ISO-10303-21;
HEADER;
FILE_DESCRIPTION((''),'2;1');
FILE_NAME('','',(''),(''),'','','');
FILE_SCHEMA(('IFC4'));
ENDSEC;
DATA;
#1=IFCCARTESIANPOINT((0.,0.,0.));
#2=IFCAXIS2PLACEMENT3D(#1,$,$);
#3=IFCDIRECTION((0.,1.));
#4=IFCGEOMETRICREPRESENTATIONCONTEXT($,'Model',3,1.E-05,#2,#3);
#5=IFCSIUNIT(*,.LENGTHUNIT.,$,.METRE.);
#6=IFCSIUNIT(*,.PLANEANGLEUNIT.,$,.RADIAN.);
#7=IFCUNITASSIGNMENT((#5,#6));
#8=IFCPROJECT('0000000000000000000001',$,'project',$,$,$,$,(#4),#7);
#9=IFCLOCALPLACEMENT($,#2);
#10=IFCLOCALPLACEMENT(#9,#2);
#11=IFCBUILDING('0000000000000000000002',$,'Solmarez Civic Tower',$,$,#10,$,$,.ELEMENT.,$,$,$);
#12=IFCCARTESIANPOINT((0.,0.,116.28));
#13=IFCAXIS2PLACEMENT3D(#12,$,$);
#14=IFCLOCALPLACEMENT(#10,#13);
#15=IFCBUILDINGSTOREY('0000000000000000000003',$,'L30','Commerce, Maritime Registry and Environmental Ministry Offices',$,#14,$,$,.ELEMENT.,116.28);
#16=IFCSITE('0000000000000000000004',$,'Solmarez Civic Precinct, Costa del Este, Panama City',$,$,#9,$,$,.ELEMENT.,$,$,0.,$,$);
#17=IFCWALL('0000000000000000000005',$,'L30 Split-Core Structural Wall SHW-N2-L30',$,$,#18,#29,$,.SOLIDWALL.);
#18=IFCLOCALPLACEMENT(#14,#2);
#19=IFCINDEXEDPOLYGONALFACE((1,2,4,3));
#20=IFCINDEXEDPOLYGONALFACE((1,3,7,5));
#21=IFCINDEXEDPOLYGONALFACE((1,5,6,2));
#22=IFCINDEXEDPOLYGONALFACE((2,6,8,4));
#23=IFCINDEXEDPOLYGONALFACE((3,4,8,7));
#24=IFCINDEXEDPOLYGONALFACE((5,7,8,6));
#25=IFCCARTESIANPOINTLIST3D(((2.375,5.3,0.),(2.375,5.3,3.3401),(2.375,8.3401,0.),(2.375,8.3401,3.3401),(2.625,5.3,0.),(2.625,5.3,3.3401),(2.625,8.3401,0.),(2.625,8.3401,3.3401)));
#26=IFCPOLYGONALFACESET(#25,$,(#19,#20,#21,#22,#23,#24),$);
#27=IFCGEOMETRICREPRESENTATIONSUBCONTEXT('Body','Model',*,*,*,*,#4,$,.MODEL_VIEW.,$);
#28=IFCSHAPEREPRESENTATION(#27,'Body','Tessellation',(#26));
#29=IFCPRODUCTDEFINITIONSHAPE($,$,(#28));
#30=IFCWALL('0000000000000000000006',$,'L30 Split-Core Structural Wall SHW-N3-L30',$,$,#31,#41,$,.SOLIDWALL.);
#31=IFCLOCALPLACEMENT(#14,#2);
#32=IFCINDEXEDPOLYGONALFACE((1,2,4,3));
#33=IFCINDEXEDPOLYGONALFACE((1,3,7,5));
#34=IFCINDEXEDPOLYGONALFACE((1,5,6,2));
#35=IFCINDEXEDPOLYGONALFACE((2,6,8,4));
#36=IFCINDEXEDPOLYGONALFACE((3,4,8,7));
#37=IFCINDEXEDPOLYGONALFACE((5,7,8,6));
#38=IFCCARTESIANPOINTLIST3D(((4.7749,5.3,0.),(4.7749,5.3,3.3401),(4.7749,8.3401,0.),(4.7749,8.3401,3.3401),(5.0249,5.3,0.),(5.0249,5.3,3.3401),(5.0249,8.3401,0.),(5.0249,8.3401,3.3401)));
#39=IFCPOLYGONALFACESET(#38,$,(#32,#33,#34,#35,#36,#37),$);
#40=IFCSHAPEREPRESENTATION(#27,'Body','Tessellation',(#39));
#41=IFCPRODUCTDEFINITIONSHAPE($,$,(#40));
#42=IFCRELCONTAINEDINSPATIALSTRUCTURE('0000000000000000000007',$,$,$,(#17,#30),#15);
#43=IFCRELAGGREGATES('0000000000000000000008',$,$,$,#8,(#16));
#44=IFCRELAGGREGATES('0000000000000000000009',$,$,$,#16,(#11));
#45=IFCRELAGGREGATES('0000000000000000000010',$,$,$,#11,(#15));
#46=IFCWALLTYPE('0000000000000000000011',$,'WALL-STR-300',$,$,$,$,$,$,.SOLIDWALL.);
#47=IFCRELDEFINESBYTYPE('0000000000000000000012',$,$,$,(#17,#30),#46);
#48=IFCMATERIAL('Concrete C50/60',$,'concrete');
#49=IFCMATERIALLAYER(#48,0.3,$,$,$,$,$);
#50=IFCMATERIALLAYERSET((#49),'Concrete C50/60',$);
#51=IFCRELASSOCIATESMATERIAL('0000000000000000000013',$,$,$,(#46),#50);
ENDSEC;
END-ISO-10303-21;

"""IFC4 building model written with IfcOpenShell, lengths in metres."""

from ifc_helpers import new_model, si_unit, direction, frame, frame_2d, origin, place, context, subcontext, project, spatial, rectangle, extrude, material, layer, layer_set, type_object, element, save


model = new_model("IFC4")

# Units and contexts
model_context = context("Model", 3, precision=1e-05, world=origin(), true_north=direction((0.0, 1.0)))
body_context = subcontext(model_context, "Body", "Model", "MODEL_VIEW")
ifc_project = project(units=[si_unit("LENGTHUNIT", "METRE"), si_unit("PLANEANGLEUNIT", "RADIAN")], contexts=[model_context])

# Site, building, storey
site_placement = place(None, origin())
site = spatial("IfcSite", under=ifc_project, at=site_placement, Name="Solmarez Civic Precinct, Costa del Este, Panama City", CompositionType="ELEMENT", RefElevation=0.0)
building_placement = place(site_placement, origin())
building = spatial("IfcBuilding", under=site, at=building_placement, Name="Solmarez Civic Tower", CompositionType="ELEMENT")
storey_placement = place(building_placement, frame((0.0, 0.0, 116.28)))
storey = spatial("IfcBuildingStorey", under=building, at=storey_placement, Name="L30", Description="Commerce, Maritime Registry and Environmental Ministry Offices", CompositionType="ELEMENT", Elevation=116.28)

# Shared definitions
ifc_material_1 = material(Name="Concrete C50/60", Category="concrete")

# Shared definitions
ifc_layer_1 = layer(ifc_material_1, 0.3)
ifc_layer_set_1 = layer_set([ifc_layer_1], Name="Concrete C50/60")
wall_type_1 = type_object("IfcWallType", Name="WALL-STR-300", PredefinedType="SOLIDWALL", material=ifc_layer_set_1)

# Walls
for number, where, z_axis, x_axis, name in (
    (1, (2.5, 5.3, 0.0), (0.0, 0.0, 1.0), (0.0, 1.0, 0.0), "L30 Split-Core Structural Wall SHW-N2-L30"),
    (2, (4.8999, 5.3, 0.0), (0.0, 0.0, 1.0), (0.0, 1.0, 0.0), "L30 Split-Core Structural Wall SHW-N3-L30"),
):
    element("IfcWall", number, at=place(storey_placement, frame(where, z_axis=z_axis, x_axis=x_axis)), inside=storey, type_object=wall_type_1, Name=name, PredefinedType="SOLIDWALL", context=body_context, shape_type="SweptSolid", body=[
        extrude(rectangle(XDim=3.04, YDim=0.25, at=frame_2d((1.52, 0.0))), origin(), (0.0, 0.0, 1.0), 3.3401),
    ])

save(model, "model.ifc")
